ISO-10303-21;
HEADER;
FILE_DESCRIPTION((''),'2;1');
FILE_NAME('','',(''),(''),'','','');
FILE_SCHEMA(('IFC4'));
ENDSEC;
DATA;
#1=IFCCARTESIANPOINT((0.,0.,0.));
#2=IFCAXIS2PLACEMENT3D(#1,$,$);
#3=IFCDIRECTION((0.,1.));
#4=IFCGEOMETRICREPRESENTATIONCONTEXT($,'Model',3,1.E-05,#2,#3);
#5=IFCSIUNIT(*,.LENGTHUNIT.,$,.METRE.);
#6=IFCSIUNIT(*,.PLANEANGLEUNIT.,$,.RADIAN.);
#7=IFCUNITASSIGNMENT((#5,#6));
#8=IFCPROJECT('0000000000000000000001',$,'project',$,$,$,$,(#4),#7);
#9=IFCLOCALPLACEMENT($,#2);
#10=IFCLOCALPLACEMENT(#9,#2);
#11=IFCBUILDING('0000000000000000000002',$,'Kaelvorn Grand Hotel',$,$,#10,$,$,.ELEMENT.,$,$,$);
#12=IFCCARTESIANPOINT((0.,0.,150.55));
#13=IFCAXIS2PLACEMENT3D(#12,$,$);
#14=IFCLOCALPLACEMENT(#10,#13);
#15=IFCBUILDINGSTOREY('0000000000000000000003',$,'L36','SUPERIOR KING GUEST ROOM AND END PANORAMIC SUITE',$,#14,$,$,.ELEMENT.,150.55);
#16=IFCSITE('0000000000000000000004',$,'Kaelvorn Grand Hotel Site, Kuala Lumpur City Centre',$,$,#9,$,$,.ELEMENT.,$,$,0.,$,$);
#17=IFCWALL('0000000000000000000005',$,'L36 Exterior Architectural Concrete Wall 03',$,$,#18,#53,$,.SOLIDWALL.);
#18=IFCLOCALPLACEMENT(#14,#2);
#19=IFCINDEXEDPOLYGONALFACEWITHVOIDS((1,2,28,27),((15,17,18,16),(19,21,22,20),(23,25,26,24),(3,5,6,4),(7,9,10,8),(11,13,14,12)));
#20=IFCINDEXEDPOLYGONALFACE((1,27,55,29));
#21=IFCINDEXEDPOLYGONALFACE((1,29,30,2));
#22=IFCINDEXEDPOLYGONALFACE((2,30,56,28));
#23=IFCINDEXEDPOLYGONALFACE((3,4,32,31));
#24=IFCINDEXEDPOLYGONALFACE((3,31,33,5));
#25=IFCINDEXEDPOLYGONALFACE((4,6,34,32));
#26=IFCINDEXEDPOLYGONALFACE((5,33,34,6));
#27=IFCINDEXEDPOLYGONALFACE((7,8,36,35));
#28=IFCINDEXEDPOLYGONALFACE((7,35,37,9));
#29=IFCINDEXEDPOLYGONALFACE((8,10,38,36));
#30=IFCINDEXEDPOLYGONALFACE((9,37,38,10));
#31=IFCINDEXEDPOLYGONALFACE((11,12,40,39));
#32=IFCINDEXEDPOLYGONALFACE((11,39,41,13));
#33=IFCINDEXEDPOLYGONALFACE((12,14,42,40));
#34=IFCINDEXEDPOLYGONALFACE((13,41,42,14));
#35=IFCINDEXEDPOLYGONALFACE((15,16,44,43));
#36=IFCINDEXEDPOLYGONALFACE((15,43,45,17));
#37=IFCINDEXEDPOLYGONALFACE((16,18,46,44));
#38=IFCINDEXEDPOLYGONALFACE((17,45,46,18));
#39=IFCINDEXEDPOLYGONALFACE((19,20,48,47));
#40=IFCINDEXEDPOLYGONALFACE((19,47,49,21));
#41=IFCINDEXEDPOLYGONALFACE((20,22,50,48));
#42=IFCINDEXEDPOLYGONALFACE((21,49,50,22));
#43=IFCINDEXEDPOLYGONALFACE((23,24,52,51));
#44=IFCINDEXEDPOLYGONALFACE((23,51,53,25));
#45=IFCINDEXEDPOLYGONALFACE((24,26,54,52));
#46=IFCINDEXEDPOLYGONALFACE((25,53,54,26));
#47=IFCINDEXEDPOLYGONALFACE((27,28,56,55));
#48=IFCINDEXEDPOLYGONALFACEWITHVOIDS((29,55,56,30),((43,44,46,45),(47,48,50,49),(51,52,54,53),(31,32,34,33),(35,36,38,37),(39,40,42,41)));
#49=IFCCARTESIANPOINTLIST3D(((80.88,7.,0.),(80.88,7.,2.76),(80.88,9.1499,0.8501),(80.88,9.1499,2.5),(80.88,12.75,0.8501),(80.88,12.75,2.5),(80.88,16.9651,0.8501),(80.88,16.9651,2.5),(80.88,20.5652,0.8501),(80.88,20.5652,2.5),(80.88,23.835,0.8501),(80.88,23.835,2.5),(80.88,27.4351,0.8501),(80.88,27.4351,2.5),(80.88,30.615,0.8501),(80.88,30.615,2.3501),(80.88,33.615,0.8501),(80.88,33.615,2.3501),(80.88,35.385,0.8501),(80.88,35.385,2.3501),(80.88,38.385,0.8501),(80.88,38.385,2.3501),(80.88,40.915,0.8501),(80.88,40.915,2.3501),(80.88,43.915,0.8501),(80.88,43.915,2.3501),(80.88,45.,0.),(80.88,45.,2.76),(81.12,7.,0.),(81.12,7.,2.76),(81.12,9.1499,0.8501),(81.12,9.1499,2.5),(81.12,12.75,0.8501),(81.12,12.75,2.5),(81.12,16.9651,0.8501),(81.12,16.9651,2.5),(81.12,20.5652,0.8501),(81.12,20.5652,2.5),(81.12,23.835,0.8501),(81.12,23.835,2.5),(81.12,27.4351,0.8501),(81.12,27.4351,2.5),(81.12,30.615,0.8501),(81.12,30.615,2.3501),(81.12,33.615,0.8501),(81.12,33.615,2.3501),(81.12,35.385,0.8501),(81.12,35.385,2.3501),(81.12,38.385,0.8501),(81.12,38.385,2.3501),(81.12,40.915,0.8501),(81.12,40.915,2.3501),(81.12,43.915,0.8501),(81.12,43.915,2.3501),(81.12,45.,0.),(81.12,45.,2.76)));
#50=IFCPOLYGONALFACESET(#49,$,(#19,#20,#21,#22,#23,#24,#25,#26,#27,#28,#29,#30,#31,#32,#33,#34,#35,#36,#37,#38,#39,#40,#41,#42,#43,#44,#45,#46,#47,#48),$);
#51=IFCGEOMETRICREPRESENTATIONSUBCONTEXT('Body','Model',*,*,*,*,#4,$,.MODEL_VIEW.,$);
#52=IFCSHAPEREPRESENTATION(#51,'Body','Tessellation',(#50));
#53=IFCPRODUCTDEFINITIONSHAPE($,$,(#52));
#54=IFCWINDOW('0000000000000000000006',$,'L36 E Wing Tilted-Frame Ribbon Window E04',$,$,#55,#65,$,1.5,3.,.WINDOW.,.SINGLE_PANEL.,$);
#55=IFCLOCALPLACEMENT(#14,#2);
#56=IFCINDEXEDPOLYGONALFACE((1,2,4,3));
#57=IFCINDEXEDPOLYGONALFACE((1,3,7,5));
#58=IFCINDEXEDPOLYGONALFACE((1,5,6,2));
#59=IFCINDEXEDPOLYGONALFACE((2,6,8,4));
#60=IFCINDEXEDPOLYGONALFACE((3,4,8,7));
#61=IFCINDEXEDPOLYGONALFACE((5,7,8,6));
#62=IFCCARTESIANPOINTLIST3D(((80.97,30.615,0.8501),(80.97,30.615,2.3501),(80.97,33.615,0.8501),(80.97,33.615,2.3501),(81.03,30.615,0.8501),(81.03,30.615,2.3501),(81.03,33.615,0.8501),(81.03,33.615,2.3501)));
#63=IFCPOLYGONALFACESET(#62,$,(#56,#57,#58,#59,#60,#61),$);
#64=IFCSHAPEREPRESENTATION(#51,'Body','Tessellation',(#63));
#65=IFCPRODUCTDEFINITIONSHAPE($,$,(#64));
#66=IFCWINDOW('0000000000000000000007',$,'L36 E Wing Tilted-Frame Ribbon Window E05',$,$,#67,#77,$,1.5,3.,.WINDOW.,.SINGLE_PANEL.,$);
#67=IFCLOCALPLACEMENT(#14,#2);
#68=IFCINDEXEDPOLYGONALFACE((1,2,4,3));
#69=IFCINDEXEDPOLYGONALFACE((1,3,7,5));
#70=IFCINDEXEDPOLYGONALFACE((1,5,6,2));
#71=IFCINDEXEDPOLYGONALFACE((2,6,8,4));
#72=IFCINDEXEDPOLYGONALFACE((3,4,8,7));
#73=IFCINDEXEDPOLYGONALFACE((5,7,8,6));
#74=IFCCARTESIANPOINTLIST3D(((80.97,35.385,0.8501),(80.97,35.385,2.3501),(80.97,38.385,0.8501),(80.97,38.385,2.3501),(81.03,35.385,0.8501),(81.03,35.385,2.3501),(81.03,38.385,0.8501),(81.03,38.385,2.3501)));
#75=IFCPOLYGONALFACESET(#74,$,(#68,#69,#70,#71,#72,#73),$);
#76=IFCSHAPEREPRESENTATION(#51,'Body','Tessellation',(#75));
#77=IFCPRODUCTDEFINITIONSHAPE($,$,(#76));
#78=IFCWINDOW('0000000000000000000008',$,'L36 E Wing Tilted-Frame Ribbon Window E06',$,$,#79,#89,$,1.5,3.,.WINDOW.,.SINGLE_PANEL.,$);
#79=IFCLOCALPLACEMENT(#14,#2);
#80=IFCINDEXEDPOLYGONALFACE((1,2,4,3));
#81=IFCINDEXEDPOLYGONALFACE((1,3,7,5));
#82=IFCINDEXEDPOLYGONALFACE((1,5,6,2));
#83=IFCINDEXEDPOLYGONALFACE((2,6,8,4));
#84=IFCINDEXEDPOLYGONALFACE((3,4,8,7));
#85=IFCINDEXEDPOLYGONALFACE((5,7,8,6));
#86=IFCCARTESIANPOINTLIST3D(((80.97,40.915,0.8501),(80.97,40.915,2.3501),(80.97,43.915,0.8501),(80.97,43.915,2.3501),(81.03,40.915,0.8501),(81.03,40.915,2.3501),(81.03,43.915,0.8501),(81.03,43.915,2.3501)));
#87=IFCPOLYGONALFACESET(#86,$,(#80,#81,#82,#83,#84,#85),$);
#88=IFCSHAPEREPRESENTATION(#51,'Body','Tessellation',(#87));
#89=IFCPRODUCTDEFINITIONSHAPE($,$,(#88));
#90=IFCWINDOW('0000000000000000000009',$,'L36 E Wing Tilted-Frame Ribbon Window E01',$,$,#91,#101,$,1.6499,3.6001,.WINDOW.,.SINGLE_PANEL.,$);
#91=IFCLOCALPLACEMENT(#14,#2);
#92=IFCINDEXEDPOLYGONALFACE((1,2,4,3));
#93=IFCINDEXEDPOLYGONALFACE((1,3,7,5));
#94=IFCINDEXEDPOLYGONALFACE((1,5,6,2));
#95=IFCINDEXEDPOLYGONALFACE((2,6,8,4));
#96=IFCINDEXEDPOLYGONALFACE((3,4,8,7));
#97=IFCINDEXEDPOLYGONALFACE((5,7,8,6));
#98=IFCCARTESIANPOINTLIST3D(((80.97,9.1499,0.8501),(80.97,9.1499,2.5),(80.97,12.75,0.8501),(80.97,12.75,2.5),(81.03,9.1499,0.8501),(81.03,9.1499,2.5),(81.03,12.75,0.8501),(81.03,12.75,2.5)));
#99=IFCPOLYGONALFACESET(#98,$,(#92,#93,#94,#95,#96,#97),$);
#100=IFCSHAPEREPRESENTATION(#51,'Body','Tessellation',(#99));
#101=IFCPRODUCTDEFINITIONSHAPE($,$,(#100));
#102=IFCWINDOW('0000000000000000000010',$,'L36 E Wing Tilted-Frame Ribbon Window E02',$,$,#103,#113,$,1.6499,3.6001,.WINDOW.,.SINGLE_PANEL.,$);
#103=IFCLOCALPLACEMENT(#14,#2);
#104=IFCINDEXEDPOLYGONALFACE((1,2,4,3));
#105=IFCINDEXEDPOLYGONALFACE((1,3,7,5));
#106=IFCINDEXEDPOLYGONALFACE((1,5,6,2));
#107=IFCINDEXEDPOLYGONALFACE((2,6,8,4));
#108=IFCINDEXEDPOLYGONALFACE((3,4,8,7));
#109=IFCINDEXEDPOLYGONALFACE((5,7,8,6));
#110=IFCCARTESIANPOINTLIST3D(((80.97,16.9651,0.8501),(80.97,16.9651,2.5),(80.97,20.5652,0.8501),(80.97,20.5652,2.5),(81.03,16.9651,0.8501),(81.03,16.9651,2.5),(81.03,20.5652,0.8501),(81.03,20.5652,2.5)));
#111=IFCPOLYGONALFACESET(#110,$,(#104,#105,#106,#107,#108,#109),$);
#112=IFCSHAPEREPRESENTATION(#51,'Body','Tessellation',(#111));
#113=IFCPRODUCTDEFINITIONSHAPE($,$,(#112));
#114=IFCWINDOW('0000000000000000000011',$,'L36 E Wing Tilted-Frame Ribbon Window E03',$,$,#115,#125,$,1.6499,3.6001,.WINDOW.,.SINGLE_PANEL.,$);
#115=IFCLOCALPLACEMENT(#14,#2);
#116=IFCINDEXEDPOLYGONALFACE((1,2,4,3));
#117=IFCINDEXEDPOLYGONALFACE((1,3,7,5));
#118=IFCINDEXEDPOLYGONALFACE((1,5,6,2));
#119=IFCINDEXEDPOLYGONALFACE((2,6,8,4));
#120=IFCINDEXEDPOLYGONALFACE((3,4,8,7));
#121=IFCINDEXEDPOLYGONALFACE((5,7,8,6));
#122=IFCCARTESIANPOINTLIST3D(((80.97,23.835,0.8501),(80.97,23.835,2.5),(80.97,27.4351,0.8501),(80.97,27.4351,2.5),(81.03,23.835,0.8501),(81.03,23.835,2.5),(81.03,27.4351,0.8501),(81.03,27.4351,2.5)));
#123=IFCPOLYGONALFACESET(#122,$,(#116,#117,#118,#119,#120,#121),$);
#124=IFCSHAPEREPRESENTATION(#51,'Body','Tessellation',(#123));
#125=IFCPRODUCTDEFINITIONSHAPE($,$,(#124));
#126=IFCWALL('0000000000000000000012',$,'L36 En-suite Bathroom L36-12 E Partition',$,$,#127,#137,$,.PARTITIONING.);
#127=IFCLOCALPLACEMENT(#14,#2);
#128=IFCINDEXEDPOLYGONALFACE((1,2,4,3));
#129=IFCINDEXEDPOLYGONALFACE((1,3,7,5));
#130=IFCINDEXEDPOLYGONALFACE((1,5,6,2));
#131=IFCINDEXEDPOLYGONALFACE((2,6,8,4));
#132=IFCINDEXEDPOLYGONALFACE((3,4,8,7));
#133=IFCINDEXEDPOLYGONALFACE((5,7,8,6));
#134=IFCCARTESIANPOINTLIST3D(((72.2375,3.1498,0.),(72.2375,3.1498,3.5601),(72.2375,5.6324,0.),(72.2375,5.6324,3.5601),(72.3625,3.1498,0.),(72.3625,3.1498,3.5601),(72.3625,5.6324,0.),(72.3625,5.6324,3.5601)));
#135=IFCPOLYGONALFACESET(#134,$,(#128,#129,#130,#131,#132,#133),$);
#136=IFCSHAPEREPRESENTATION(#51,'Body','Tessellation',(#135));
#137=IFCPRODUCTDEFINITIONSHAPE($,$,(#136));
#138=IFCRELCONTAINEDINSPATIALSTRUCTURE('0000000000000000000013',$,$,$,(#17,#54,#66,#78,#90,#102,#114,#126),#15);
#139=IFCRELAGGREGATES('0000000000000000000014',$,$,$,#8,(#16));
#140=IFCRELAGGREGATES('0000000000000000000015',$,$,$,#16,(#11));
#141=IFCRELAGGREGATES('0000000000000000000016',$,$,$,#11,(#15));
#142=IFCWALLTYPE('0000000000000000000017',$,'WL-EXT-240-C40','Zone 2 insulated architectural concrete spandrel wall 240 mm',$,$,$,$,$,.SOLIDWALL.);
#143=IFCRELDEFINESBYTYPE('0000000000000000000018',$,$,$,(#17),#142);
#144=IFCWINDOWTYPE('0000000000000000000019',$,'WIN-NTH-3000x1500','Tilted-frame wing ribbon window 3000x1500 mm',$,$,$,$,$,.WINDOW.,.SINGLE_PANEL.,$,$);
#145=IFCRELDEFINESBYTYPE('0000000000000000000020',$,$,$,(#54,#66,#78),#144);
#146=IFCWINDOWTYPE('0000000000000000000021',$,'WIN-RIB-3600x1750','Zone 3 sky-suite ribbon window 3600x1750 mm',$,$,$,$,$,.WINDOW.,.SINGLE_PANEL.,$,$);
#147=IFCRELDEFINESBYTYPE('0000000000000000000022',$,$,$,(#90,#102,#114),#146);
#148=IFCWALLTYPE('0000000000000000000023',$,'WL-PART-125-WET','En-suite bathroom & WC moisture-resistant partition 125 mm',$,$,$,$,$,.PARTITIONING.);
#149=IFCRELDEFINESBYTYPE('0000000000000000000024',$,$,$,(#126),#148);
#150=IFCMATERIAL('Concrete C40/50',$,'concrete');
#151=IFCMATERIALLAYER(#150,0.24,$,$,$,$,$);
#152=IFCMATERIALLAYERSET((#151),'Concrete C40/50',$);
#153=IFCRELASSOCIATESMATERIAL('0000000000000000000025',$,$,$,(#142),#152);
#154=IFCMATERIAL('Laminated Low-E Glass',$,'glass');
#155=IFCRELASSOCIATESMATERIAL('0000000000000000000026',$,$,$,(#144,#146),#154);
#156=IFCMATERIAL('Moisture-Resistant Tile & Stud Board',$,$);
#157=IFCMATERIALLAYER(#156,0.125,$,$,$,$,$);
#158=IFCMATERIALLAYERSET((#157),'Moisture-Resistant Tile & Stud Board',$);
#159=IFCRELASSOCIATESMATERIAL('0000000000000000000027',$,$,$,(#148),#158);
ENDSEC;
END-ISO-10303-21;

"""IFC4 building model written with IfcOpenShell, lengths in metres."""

from ifc_helpers import new_model, si_unit, direction, frame, frame_2d, origin, place, context, subcontext, project, spatial, rectangle, extrude, material, layer, layer_set, type_object, element, fill, save


model = new_model("IFC4")

# Units and contexts
model_context = context("Model", 3, precision=1e-05, world=origin(), true_north=direction((0.0, 1.0)))
body_context = subcontext(model_context, "Body", "Model", "MODEL_VIEW")
ifc_project = project(units=[si_unit("LENGTHUNIT", "METRE"), si_unit("PLANEANGLEUNIT", "RADIAN")], contexts=[model_context])

# Site, building, storey
site_placement = place(None, origin())
site = spatial("IfcSite", under=ifc_project, at=site_placement, Name="Kaelvorn Grand Hotel Site, Kuala Lumpur City Centre", CompositionType="ELEMENT", RefElevation=0.0)
building_placement = place(site_placement, origin())
building = spatial("IfcBuilding", under=site, at=building_placement, Name="Kaelvorn Grand Hotel", CompositionType="ELEMENT")
storey_placement = place(building_placement, frame((0.0, 0.0, 150.55)))
storey = spatial("IfcBuildingStorey", under=building, at=storey_placement, Name="L36", Description="SUPERIOR KING GUEST ROOM AND END PANORAMIC SUITE", CompositionType="ELEMENT", Elevation=150.55)

# Shared definitions
ifc_material_1 = material(Name="Concrete C40/50", Category="concrete")
ifc_layer_1 = layer(ifc_material_1, 0.24)
ifc_layer_set_1 = layer_set([ifc_layer_1], Name="Concrete C40/50")
wall_type_1 = type_object("IfcWallType", Name="WL-EXT-240-C40", Description="Zone 2 insulated architectural concrete spandrel wall 240 mm", PredefinedType="SOLIDWALL", material=ifc_layer_set_1)
ifc_material_2 = material(Name="Laminated Low-E Glass", Category="glass")

# Wall, openings, windows
wall_1_placement = place(storey_placement, frame((81.0, 7.0, 0.0), z_axis=(0.0, 0.0, 1.0), x_axis=(0.0, 1.0, 0.0)))
wall_1 = element("IfcWall", 1, at=wall_1_placement, inside=storey, type_object=wall_type_1, Name="L36 Exterior Architectural Concrete Wall 03", PredefinedType="SOLIDWALL", context=body_context, shape_type="SweptSolid", body=[
    extrude(rectangle(XDim=38.0, YDim=0.24, at=frame_2d((19.0, 0.0))), origin(), (0.0, 0.0, 1.0), 2.76),
])
opening_1_placement = place(wall_1_placement, frame((2.1499, 0.0, 0.8501)))
opening_1 = element("IfcOpeningElement", 2, at=opening_1_placement, cuts=wall_1, PredefinedType="OPENING", context=body_context, shape_type="SweptSolid", body=[
    extrude(rectangle(XDim=3.6001, YDim=1.6499, at=frame_2d((1.8, 0.825))), frame((0.0, 0.1299, 0.0), z_axis=(0.0, -1.0, 0.0), x_axis=(1.0, 0.0, 0.0)), (0.0, 0.0, 1.0), 0.26),
])
opening_2_placement = place(wall_1_placement, frame((9.9651, 0.0, 0.8501)))
opening_2 = element("IfcOpeningElement", 3, at=opening_2_placement, cuts=wall_1, PredefinedType="OPENING", context=body_context, shape_type="SweptSolid", body=[
    extrude(rectangle(XDim=3.6001, YDim=1.6499, at=frame_2d((1.8, 0.825))), frame((0.0, 0.1299, 0.0), z_axis=(0.0, -1.0, 0.0), x_axis=(1.0, 0.0, 0.0)), (0.0, 0.0, 1.0), 0.26),
])
opening_3_placement = place(wall_1_placement, frame((16.835, 0.0, 0.8501)))
opening_3 = element("IfcOpeningElement", 4, at=opening_3_placement, cuts=wall_1, PredefinedType="OPENING", context=body_context, shape_type="SweptSolid", body=[
    extrude(rectangle(XDim=3.6001, YDim=1.6499, at=frame_2d((1.8, 0.825))), frame((0.0, 0.1299, 0.0), z_axis=(0.0, -1.0, 0.0), x_axis=(1.0, 0.0, 0.0)), (0.0, 0.0, 1.0), 0.26),
])
opening_4_placement = place(wall_1_placement, frame((23.615, 0.0, 0.8501)))
opening_4 = element("IfcOpeningElement", 5, at=opening_4_placement, cuts=wall_1, PredefinedType="OPENING", context=body_context, shape_type="SweptSolid", body=[
    extrude(rectangle(XDim=3.0, YDim=1.5, at=frame_2d((1.5, 0.75))), frame((0.0, 0.1299, 0.0), z_axis=(0.0, -1.0, 0.0), x_axis=(1.0, 0.0, 0.0)), (0.0, 0.0, 1.0), 0.26),
])
opening_5_placement = place(wall_1_placement, frame((28.385, 0.0, 0.8501)))
opening_5 = element("IfcOpeningElement", 6, at=opening_5_placement, cuts=wall_1, PredefinedType="OPENING", context=body_context, shape_type="SweptSolid", body=[
    extrude(rectangle(XDim=3.0, YDim=1.5, at=frame_2d((1.5, 0.75))), frame((0.0, 0.1299, 0.0), z_axis=(0.0, -1.0, 0.0), x_axis=(1.0, 0.0, 0.0)), (0.0, 0.0, 1.0), 0.26),
])
opening_6_placement = place(wall_1_placement, frame((33.915, 0.0, 0.8501)))
opening_6 = element("IfcOpeningElement", 7, at=opening_6_placement, cuts=wall_1, PredefinedType="OPENING", context=body_context, shape_type="SweptSolid", body=[
    extrude(rectangle(XDim=3.0, YDim=1.5, at=frame_2d((1.5, 0.75))), frame((0.0, 0.1299, 0.0), z_axis=(0.0, -1.0, 0.0), x_axis=(1.0, 0.0, 0.0)), (0.0, 0.0, 1.0), 0.26),
])
window_type_1 = type_object("IfcWindowType", Name="WIN-NTH-3000x1500", Description="Tilted-frame wing ribbon window 3000x1500 mm", PartitioningType="SINGLE_PANEL", PredefinedType="WINDOW", material=ifc_material_2)
window_1_placement = place(opening_4_placement, origin())
window_1 = element("IfcWindow", 8, at=window_1_placement, inside=storey, type_object=window_type_1, Name="L36 E Wing Tilted-Frame Ribbon Window E04", OverallHeight=1.5, OverallWidth=3.0, PartitioningType="SINGLE_PANEL", PredefinedType="WINDOW", context=body_context, shape_type="SweptSolid", body=[
    extrude(rectangle(XDim=3.0, YDim=1.5, at=frame_2d((1.5, 0.75))), frame((0.0, 0.03, 0.0), z_axis=(0.0, -1.0, 0.0), x_axis=(1.0, 0.0, 0.0)), (0.0, 0.0, 1.0), 0.0601),
])
fill(opening_4, window_1)
window_2_placement = place(opening_5_placement, origin())
window_2 = element("IfcWindow", 9, at=window_2_placement, inside=storey, type_object=window_type_1, Name="L36 E Wing Tilted-Frame Ribbon Window E05", OverallHeight=1.5, OverallWidth=3.0, PartitioningType="SINGLE_PANEL", PredefinedType="WINDOW", context=body_context, shape_type="SweptSolid", body=[
    extrude(rectangle(XDim=3.0, YDim=1.5, at=frame_2d((1.5, 0.75))), frame((0.0, 0.03, 0.0), z_axis=(0.0, -1.0, 0.0), x_axis=(1.0, 0.0, 0.0)), (0.0, 0.0, 1.0), 0.0601),
])
fill(opening_5, window_2)
window_3_placement = place(opening_6_placement, origin())
window_3 = element("IfcWindow", 10, at=window_3_placement, inside=storey, type_object=window_type_1, Name="L36 E Wing Tilted-Frame Ribbon Window E06", OverallHeight=1.5, OverallWidth=3.0, PartitioningType="SINGLE_PANEL", PredefinedType="WINDOW", context=body_context, shape_type="SweptSolid", body=[
    extrude(rectangle(XDim=3.0, YDim=1.5, at=frame_2d((1.5, 0.75))), frame((0.0, 0.03, 0.0), z_axis=(0.0, -1.0, 0.0), x_axis=(1.0, 0.0, 0.0)), (0.0, 0.0, 1.0), 0.0601),
])
fill(opening_6, window_3)
window_type_2 = type_object("IfcWindowType", Name="WIN-RIB-3600x1750", Description="Zone 3 sky-suite ribbon window 3600x1750 mm", PartitioningType="SINGLE_PANEL", PredefinedType="WINDOW", material=ifc_material_2)
window_4_placement = place(opening_1_placement, origin())
window_4 = element("IfcWindow", 11, at=window_4_placement, inside=storey, type_object=window_type_2, Name="L36 E Wing Tilted-Frame Ribbon Window E01", OverallHeight=1.6499, OverallWidth=3.6001, PartitioningType="SINGLE_PANEL", PredefinedType="WINDOW", context=body_context, shape_type="SweptSolid", body=[
    extrude(rectangle(XDim=3.6001, YDim=1.6499, at=frame_2d((1.8, 0.825))), frame((0.0, 0.03, 0.0), z_axis=(0.0, -1.0, 0.0), x_axis=(1.0, 0.0, 0.0)), (0.0, 0.0, 1.0), 0.0601),
])
fill(opening_1, window_4)
window_5_placement = place(opening_2_placement, origin())
window_5 = element("IfcWindow", 12, at=window_5_placement, inside=storey, type_object=window_type_2, Name="L36 E Wing Tilted-Frame Ribbon Window E02", OverallHeight=1.6499, OverallWidth=3.6001, PartitioningType="SINGLE_PANEL", PredefinedType="WINDOW", context=body_context, shape_type="SweptSolid", body=[
    extrude(rectangle(XDim=3.6001, YDim=1.6499, at=frame_2d((1.8, 0.825))), frame((0.0, 0.03, 0.0), z_axis=(0.0, -1.0, 0.0), x_axis=(1.0, 0.0, 0.0)), (0.0, 0.0, 1.0), 0.0601),
])
fill(opening_2, window_5)
window_6_placement = place(opening_3_placement, origin())
window_6 = element("IfcWindow", 13, at=window_6_placement, inside=storey, type_object=window_type_2, Name="L36 E Wing Tilted-Frame Ribbon Window E03", OverallHeight=1.6499, OverallWidth=3.6001, PartitioningType="SINGLE_PANEL", PredefinedType="WINDOW", context=body_context, shape_type="SweptSolid", body=[
    extrude(rectangle(XDim=3.6001, YDim=1.6499, at=frame_2d((1.8, 0.825))), frame((0.0, 0.03, 0.0), z_axis=(0.0, -1.0, 0.0), x_axis=(1.0, 0.0, 0.0)), (0.0, 0.0, 1.0), 0.0601),
])
fill(opening_3, window_6)

# Wall
ifc_material_3 = material(Name="Moisture-Resistant Tile & Stud Board")
ifc_layer_2 = layer(ifc_material_3, 0.125)
ifc_layer_set_2 = layer_set([ifc_layer_2], Name="Moisture-Resistant Tile & Stud Board")
wall_type_2 = type_object("IfcWallType", Name="WL-PART-125-WET", Description="En-suite bathroom & WC moisture-resistant partition 125 mm", PredefinedType="PARTITIONING", material=ifc_layer_set_2)
wall_2_placement = place(storey_placement, frame((72.3, 3.1499, 0.0), z_axis=(0.0, 0.0, 1.0), x_axis=(0.0, 1.0, 0.0)))
element("IfcWall", 14, at=wall_2_placement, inside=storey, type_object=wall_type_2, Name="L36 En-suite Bathroom L36-12 E Partition", PredefinedType="PARTITIONING", context=body_context, shape_type="SweptSolid", body=[
    extrude(rectangle(XDim=2.4827, YDim=0.125, at=frame_2d((1.2412, 0.0))), origin(), (0.0, 0.0, 1.0), 3.5601),
])

save(model, "model.ifc")
